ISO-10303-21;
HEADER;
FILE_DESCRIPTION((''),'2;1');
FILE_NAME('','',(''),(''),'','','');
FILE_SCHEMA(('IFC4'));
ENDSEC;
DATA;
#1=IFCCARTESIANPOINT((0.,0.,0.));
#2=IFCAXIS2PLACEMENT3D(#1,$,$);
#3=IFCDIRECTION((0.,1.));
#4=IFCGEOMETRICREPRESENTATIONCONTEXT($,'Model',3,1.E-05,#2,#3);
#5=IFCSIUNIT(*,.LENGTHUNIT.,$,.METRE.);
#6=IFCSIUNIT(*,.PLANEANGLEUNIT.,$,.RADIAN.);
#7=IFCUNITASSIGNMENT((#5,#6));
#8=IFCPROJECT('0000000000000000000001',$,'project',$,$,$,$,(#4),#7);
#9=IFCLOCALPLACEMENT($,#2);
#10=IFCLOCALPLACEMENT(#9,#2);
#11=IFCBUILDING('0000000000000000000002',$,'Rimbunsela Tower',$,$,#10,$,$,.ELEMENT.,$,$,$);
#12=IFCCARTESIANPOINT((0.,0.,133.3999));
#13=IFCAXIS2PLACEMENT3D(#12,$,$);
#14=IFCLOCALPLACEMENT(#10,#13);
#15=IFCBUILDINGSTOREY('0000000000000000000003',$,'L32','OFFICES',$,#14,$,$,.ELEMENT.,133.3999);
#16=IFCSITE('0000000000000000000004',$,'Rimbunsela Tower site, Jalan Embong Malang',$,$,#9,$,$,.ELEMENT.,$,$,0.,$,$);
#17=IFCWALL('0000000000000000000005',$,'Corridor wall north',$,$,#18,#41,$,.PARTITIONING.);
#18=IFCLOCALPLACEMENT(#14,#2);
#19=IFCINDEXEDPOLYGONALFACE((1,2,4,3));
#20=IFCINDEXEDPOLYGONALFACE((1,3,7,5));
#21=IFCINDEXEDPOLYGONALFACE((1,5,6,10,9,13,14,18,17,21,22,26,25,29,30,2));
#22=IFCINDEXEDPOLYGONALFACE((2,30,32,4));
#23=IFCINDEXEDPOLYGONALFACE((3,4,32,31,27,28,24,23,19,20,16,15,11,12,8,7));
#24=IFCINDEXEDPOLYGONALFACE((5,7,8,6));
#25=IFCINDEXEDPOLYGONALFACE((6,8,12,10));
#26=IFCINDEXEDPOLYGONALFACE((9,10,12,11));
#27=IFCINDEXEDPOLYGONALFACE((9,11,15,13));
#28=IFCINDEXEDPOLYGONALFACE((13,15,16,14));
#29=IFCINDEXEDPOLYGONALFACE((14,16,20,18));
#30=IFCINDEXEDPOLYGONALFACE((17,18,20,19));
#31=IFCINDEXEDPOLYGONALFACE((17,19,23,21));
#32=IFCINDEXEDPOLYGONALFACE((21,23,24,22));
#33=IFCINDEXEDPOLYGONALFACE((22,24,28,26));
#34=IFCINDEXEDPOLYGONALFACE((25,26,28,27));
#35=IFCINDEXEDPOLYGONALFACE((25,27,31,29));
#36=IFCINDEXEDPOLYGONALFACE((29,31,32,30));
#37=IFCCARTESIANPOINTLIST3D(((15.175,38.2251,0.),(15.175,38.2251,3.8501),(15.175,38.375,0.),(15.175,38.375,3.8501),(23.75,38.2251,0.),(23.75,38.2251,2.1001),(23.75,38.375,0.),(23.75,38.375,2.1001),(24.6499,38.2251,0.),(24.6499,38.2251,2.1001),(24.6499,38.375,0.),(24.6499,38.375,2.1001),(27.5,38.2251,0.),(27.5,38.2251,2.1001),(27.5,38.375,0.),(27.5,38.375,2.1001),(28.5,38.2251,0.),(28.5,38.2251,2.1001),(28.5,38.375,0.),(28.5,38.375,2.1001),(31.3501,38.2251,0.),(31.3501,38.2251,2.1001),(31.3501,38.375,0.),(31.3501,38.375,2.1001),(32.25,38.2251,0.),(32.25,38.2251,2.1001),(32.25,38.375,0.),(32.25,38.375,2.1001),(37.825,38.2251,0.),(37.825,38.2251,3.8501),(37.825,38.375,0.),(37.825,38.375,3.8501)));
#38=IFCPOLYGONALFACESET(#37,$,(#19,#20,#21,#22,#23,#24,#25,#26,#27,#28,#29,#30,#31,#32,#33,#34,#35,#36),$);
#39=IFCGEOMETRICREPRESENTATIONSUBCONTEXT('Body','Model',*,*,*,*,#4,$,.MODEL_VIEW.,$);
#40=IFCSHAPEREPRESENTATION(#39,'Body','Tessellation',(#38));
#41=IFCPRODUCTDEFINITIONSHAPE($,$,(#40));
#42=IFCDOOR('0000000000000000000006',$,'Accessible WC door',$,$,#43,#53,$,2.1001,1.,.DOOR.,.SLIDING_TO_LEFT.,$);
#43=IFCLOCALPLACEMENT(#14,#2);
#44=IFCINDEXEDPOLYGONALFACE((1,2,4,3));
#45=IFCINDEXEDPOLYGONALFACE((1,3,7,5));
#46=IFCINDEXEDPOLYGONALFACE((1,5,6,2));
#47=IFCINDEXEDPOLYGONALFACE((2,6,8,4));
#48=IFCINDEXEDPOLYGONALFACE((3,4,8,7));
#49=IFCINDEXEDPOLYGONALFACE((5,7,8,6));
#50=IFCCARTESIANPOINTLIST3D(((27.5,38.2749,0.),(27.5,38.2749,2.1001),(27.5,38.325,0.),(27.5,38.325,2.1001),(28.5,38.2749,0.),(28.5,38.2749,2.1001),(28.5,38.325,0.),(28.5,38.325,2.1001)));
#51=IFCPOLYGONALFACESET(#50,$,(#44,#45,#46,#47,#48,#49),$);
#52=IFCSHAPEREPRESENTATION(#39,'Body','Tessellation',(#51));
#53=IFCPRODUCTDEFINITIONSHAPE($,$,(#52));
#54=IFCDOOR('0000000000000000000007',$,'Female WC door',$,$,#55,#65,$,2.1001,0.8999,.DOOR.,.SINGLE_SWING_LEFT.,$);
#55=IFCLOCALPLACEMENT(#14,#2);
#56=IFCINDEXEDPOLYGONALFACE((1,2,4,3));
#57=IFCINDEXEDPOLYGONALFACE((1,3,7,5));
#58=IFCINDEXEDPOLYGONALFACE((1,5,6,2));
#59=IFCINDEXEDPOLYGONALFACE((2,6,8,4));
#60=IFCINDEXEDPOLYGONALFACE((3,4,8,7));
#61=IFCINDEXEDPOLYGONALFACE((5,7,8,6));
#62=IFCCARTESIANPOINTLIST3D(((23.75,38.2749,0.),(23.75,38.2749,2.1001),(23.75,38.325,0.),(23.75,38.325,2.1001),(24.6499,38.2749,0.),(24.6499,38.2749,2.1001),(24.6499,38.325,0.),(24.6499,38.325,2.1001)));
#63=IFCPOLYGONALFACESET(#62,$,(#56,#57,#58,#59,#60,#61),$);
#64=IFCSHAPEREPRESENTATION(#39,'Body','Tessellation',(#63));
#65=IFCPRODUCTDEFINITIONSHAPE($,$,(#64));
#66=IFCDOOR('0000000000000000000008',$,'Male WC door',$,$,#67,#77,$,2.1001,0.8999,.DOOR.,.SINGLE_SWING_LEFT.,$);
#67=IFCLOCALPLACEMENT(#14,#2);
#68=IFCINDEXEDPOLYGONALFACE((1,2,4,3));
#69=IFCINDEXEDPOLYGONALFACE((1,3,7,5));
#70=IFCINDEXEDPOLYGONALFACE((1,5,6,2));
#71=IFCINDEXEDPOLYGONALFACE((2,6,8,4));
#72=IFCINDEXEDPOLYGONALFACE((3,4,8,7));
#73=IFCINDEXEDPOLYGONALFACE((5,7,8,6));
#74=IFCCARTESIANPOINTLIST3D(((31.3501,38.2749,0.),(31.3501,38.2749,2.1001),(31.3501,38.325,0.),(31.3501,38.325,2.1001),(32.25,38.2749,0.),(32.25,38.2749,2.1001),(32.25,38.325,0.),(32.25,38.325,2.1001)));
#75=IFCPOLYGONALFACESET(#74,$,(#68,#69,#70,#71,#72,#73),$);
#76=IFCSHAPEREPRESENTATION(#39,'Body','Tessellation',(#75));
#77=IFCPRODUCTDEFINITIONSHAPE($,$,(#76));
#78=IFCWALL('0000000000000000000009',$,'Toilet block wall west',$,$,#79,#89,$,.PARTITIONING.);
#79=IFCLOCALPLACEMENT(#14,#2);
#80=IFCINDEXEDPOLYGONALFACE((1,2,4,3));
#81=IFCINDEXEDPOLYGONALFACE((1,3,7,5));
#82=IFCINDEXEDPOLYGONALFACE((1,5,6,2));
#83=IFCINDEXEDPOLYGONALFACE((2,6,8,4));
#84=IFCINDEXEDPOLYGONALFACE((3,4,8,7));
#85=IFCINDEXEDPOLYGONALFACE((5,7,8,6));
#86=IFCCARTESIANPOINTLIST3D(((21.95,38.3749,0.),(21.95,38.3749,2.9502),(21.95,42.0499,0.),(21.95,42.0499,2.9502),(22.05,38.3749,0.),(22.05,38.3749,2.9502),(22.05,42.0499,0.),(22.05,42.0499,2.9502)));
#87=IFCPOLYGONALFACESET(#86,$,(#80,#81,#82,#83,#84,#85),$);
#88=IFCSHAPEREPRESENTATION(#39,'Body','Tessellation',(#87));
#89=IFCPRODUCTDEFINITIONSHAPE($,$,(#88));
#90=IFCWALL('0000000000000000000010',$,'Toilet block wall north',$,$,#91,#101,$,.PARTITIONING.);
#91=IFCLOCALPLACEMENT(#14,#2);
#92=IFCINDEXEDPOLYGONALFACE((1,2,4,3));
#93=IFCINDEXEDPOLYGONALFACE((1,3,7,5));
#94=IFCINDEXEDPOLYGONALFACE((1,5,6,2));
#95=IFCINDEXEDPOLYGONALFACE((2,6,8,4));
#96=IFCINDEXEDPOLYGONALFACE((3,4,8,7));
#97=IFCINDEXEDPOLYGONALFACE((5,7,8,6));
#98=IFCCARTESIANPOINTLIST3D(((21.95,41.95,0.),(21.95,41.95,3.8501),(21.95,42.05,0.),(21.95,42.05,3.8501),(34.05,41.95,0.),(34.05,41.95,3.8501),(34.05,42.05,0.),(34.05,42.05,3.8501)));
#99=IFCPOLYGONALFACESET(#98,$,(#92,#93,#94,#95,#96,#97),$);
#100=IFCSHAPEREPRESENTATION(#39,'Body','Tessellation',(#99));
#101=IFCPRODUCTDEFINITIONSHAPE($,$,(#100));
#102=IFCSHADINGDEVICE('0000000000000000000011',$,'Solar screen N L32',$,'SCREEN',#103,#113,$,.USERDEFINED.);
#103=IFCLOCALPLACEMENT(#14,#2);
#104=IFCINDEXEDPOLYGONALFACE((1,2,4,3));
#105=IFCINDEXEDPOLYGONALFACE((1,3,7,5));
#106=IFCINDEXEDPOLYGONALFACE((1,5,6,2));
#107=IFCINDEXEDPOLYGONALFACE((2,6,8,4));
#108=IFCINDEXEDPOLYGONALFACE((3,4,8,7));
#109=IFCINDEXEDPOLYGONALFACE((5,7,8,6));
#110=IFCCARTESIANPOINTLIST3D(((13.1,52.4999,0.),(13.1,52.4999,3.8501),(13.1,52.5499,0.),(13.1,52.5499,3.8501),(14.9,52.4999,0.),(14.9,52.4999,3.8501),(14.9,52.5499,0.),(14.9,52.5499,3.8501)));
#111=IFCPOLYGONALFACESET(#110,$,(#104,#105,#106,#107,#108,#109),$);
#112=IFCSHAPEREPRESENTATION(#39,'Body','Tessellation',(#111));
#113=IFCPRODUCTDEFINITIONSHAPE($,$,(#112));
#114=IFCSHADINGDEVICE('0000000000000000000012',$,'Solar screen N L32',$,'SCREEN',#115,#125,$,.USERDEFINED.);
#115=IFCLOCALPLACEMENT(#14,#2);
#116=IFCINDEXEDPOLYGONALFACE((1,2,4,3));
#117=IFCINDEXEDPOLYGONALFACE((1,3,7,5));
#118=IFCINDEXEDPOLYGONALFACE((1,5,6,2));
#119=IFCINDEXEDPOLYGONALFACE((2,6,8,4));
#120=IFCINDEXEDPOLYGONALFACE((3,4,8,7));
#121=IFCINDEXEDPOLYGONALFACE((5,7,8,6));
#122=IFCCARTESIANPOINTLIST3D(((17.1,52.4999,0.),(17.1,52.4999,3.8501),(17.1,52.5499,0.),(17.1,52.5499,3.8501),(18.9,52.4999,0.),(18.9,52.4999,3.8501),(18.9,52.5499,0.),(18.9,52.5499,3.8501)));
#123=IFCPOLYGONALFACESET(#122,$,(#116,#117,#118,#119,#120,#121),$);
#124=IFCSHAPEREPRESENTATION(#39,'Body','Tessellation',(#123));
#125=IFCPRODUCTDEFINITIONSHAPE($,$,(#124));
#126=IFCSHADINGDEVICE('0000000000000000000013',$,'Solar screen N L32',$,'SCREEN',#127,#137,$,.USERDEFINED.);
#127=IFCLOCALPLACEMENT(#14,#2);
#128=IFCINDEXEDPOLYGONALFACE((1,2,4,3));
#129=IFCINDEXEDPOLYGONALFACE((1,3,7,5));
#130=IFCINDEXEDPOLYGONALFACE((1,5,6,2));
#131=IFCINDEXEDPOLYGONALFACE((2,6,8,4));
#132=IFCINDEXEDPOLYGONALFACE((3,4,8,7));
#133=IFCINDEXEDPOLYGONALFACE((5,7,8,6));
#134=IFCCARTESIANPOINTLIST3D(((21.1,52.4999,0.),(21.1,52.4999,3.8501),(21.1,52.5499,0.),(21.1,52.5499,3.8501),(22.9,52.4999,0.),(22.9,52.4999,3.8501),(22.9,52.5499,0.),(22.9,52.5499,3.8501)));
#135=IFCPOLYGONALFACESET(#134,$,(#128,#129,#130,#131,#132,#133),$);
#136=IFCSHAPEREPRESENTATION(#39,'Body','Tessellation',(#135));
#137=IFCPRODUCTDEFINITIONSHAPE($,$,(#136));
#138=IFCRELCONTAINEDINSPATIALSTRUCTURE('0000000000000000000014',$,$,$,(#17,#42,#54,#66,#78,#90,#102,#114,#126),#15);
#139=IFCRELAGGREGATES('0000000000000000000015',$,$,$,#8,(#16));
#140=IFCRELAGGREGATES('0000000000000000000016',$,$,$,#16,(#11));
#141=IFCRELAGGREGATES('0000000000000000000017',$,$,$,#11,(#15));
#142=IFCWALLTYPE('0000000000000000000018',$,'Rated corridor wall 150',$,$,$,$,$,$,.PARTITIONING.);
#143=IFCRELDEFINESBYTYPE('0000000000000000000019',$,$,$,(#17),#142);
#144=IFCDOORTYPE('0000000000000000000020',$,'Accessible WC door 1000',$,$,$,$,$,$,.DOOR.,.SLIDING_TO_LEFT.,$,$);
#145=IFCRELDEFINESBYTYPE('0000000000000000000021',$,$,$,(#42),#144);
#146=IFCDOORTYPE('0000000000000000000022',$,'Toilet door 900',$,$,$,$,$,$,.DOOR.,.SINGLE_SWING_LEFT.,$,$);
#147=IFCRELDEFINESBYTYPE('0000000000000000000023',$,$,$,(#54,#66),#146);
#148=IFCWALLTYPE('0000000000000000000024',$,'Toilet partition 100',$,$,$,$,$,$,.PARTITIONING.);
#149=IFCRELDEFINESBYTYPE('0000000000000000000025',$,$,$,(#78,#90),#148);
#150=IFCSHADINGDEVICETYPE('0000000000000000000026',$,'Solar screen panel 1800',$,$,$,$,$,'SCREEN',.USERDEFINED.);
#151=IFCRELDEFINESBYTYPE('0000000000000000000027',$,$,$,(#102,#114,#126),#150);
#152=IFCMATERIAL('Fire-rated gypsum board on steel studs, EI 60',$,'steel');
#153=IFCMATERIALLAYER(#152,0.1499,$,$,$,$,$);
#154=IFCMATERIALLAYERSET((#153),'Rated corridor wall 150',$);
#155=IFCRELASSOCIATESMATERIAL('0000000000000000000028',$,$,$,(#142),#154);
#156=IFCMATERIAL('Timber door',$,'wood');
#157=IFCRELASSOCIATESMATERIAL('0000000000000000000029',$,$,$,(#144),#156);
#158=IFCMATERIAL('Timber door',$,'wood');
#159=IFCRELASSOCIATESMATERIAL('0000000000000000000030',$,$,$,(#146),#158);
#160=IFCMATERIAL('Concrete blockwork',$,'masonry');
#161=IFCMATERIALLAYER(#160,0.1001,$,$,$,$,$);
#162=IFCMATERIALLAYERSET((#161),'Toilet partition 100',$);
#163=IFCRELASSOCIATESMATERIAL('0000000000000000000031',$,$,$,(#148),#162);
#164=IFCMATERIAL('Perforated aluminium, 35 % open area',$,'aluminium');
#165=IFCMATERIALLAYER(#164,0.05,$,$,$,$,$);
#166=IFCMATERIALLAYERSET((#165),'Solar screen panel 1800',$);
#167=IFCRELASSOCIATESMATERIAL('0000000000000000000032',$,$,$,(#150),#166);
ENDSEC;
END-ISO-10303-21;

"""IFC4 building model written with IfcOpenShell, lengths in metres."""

from ifc_helpers import new_model, si_unit, direction, frame, frame_2d, origin, origin_2d, place, context, subcontext, project, spatial, rectangle, extrude, material, layer, layer_set, type_object, element, fill, save


model = new_model("IFC4")

# Units and contexts
model_context = context("Model", 3, precision=1e-05, world=origin(), true_north=direction((0.0, 1.0)))
body_context = subcontext(model_context, "Body", "Model", "MODEL_VIEW")
ifc_project = project(units=[si_unit("LENGTHUNIT", "METRE"), si_unit("PLANEANGLEUNIT", "RADIAN")], contexts=[model_context])

# Site, building, storey
site_placement = place(None, origin())
site = spatial("IfcSite", under=ifc_project, at=site_placement, Name="Rimbunsela Tower site, Jalan Embong Malang", CompositionType="ELEMENT", RefElevation=0.0)
building_placement = place(site_placement, origin())
building = spatial("IfcBuilding", under=site, at=building_placement, Name="Rimbunsela Tower", CompositionType="ELEMENT")
storey_placement = place(building_placement, frame((0.0, 0.0, 133.3999)))
storey = spatial("IfcBuildingStorey", under=building, at=storey_placement, Name="L32", Description="OFFICES", CompositionType="ELEMENT", Elevation=133.3999)

# Wall, openings, doors
ifc_material_1 = material(Name="Fire-rated gypsum board on steel studs, EI 60", Category="steel")
ifc_layer_1 = layer(ifc_material_1, 0.1499)
ifc_layer_set_1 = layer_set([ifc_layer_1], Name="Rated corridor wall 150")
wall_type_1 = type_object("IfcWallType", Name="Rated corridor wall 150", PredefinedType="PARTITIONING", material=ifc_layer_set_1)
wall_1_placement = place(storey_placement, frame((15.175, 38.3, 0.0), z_axis=(0.0, 0.0, 1.0), x_axis=(1.0, 0.0, 0.0)))
wall_1 = element("IfcWall", 1, at=wall_1_placement, inside=storey, type_object=wall_type_1, Name="Corridor wall north", PredefinedType="PARTITIONING", context=body_context, shape_type="SweptSolid", body=[
    extrude(rectangle(XDim=22.6499, YDim=0.1499, at=frame_2d((11.325, 0.0))), origin(), (0.0, 0.0, 1.0), 3.8501),
])
opening_1_placement = place(wall_1_placement, frame((8.575, 0.0, 0.0)))
opening_1 = element("IfcOpeningElement", 2, at=opening_1_placement, cuts=wall_1, PredefinedType="OPENING", context=body_context, shape_type="SweptSolid", body=[
    extrude(rectangle(XDim=0.8999, YDim=2.1001, at=frame_2d((0.45, 1.05))), frame((0.0, 0.085, 0.0), z_axis=(0.0, -1.0, 0.0), x_axis=(1.0, 0.0, 0.0)), (0.0, 0.0, 1.0), 0.1699),
])
opening_2_placement = place(wall_1_placement, frame((12.325, 0.0, 0.0)))
opening_2 = element("IfcOpeningElement", 3, at=opening_2_placement, cuts=wall_1, PredefinedType="OPENING", context=body_context, shape_type="SweptSolid", body=[
    extrude(rectangle(XDim=1.0, YDim=2.1001, at=frame_2d((0.5, 1.05))), frame((0.0, 0.085, 0.0), z_axis=(0.0, -1.0, 0.0), x_axis=(1.0, 0.0, 0.0)), (0.0, 0.0, 1.0), 0.1699),
])
opening_3_placement = place(wall_1_placement, frame((16.175, 0.0, 0.0)))
opening_3 = element("IfcOpeningElement", 4, at=opening_3_placement, cuts=wall_1, PredefinedType="OPENING", context=body_context, shape_type="SweptSolid", body=[
    extrude(rectangle(XDim=0.8999, YDim=2.1001, at=frame_2d((0.45, 1.05))), frame((0.0, 0.085, 0.0), z_axis=(0.0, -1.0, 0.0), x_axis=(1.0, 0.0, 0.0)), (0.0, 0.0, 1.0), 0.1699),
])
ifc_material_2 = material(Name="Timber door", Category="wood")
door_type_1 = type_object("IfcDoorType", Name="Accessible WC door 1000", OperationType="SLIDING_TO_LEFT", PredefinedType="DOOR", material=ifc_material_2)
door_1_placement = place(opening_2_placement, origin())
door_1 = element("IfcDoor", 5, at=door_1_placement, inside=storey, type_object=door_type_1, Name="Accessible WC door", OperationType="SLIDING_TO_LEFT", OverallHeight=2.1001, OverallWidth=1.0, PredefinedType="DOOR", context=body_context, shape_type="SweptSolid", body=[
    extrude(rectangle(XDim=1.0, YDim=2.1001, at=frame_2d((0.5, 1.05))), frame((0.0, 0.0249, 0.0), z_axis=(0.0, -1.0, 0.0), x_axis=(1.0, 0.0, 0.0)), (0.0, 0.0, 1.0), 0.05),
])
fill(opening_2, door_1)
ifc_material_3 = material(Name="Timber door", Category="wood")
door_type_2 = type_object("IfcDoorType", Name="Toilet door 900", OperationType="SINGLE_SWING_LEFT", PredefinedType="DOOR", material=ifc_material_3)
door_2_placement = place(opening_1_placement, origin())
door_2 = element("IfcDoor", 6, at=door_2_placement, inside=storey, type_object=door_type_2, Name="Female WC door", OperationType="SINGLE_SWING_LEFT", OverallHeight=2.1001, OverallWidth=0.8999, PredefinedType="DOOR", context=body_context, shape_type="SweptSolid", body=[
    extrude(rectangle(XDim=0.8999, YDim=2.1001, at=frame_2d((0.45, 1.05))), frame((0.0, 0.0249, 0.0), z_axis=(0.0, -1.0, 0.0), x_axis=(1.0, 0.0, 0.0)), (0.0, 0.0, 1.0), 0.05),
])
fill(opening_1, door_2)
door_3_placement = place(opening_3_placement, origin())
door_3 = element("IfcDoor", 7, at=door_3_placement, inside=storey, type_object=door_type_2, Name="Male WC door", OperationType="SINGLE_SWING_LEFT", OverallHeight=2.1001, OverallWidth=0.8999, PredefinedType="DOOR", context=body_context, shape_type="SweptSolid", body=[
    extrude(rectangle(XDim=0.8999, YDim=2.1001, at=frame_2d((0.45, 1.05))), frame((0.0, 0.0249, 0.0), z_axis=(0.0, -1.0, 0.0), x_axis=(1.0, 0.0, 0.0)), (0.0, 0.0, 1.0), 0.05),
])
fill(opening_3, door_3)

# Walls
ifc_material_4 = material(Name="Concrete blockwork", Category="masonry")
ifc_layer_2 = layer(ifc_material_4, 0.1001)
ifc_layer_set_2 = layer_set([ifc_layer_2], Name="Toilet partition 100")
wall_type_2 = type_object("IfcWallType", Name="Toilet partition 100", PredefinedType="PARTITIONING", material=ifc_layer_set_2)
wall_2_placement = place(storey_placement, frame((22.0, 38.375, 0.0), z_axis=(0.0, 0.0, 1.0), x_axis=(0.0, 1.0, 0.0)))
element("IfcWall", 8, at=wall_2_placement, inside=storey, type_object=wall_type_2, Name="Toilet block wall west", PredefinedType="PARTITIONING", context=body_context, shape_type="SweptSolid", body=[
    extrude(rectangle(XDim=3.675, YDim=0.1001, at=frame_2d((1.8374, 0.0))), origin(), (0.0, 0.0, 1.0), 2.9502),
])
wall_3_placement = place(storey_placement, frame((21.95, 42.0, 0.0), z_axis=(0.0, 0.0, 1.0), x_axis=(1.0, 0.0, 0.0)))
element("IfcWall", 9, at=wall_3_placement, inside=storey, type_object=wall_type_2, Name="Toilet block wall north", PredefinedType="PARTITIONING", context=body_context, shape_type="SweptSolid", body=[
    extrude(rectangle(XDim=12.1001, YDim=0.1001, at=frame_2d((6.05, 0.0))), origin(), (0.0, 0.0, 1.0), 3.8501),
])

# Shading devices
ifc_material_5 = material(Name="Perforated aluminium, 35 % open area", Category="aluminium")
ifc_layer_3 = layer(ifc_material_5, 0.05)
ifc_layer_set_3 = layer_set([ifc_layer_3], Name="Solar screen panel 1800")
shading_device_type = type_object("IfcShadingDeviceType", Name="Solar screen panel 1800", ElementType="SCREEN", PredefinedType="USERDEFINED", material=ifc_layer_set_3)
for number, where, z_axis, x_axis, name in (
    (10, (14.0, 52.5249, 0.0), (0.0, 0.0, 1.0), (1.0, 0.0, 0.0), "Solar screen N L32"),
    (11, (18.0, 52.5249, 0.0), (0.0, 0.0, 1.0), (1.0, 0.0, 0.0), "Solar screen N L32"),
    (12, (22.0, 52.5249, 0.0), (0.0, 0.0, 1.0), (1.0, 0.0, 0.0), "Solar screen N L32"),
):
    element("IfcShadingDevice", number, at=place(storey_placement, frame(where, z_axis=z_axis, x_axis=x_axis)), inside=storey, type_object=shading_device_type, Name=name, ObjectType="SCREEN", PredefinedType="USERDEFINED", context=body_context, shape_type="SweptSolid", body=[
        extrude(rectangle(XDim=1.8, YDim=0.05, at=origin_2d()), origin(), (0.0, 0.0, 1.0), 3.8501),
    ])

save(model, "model.ifc")
